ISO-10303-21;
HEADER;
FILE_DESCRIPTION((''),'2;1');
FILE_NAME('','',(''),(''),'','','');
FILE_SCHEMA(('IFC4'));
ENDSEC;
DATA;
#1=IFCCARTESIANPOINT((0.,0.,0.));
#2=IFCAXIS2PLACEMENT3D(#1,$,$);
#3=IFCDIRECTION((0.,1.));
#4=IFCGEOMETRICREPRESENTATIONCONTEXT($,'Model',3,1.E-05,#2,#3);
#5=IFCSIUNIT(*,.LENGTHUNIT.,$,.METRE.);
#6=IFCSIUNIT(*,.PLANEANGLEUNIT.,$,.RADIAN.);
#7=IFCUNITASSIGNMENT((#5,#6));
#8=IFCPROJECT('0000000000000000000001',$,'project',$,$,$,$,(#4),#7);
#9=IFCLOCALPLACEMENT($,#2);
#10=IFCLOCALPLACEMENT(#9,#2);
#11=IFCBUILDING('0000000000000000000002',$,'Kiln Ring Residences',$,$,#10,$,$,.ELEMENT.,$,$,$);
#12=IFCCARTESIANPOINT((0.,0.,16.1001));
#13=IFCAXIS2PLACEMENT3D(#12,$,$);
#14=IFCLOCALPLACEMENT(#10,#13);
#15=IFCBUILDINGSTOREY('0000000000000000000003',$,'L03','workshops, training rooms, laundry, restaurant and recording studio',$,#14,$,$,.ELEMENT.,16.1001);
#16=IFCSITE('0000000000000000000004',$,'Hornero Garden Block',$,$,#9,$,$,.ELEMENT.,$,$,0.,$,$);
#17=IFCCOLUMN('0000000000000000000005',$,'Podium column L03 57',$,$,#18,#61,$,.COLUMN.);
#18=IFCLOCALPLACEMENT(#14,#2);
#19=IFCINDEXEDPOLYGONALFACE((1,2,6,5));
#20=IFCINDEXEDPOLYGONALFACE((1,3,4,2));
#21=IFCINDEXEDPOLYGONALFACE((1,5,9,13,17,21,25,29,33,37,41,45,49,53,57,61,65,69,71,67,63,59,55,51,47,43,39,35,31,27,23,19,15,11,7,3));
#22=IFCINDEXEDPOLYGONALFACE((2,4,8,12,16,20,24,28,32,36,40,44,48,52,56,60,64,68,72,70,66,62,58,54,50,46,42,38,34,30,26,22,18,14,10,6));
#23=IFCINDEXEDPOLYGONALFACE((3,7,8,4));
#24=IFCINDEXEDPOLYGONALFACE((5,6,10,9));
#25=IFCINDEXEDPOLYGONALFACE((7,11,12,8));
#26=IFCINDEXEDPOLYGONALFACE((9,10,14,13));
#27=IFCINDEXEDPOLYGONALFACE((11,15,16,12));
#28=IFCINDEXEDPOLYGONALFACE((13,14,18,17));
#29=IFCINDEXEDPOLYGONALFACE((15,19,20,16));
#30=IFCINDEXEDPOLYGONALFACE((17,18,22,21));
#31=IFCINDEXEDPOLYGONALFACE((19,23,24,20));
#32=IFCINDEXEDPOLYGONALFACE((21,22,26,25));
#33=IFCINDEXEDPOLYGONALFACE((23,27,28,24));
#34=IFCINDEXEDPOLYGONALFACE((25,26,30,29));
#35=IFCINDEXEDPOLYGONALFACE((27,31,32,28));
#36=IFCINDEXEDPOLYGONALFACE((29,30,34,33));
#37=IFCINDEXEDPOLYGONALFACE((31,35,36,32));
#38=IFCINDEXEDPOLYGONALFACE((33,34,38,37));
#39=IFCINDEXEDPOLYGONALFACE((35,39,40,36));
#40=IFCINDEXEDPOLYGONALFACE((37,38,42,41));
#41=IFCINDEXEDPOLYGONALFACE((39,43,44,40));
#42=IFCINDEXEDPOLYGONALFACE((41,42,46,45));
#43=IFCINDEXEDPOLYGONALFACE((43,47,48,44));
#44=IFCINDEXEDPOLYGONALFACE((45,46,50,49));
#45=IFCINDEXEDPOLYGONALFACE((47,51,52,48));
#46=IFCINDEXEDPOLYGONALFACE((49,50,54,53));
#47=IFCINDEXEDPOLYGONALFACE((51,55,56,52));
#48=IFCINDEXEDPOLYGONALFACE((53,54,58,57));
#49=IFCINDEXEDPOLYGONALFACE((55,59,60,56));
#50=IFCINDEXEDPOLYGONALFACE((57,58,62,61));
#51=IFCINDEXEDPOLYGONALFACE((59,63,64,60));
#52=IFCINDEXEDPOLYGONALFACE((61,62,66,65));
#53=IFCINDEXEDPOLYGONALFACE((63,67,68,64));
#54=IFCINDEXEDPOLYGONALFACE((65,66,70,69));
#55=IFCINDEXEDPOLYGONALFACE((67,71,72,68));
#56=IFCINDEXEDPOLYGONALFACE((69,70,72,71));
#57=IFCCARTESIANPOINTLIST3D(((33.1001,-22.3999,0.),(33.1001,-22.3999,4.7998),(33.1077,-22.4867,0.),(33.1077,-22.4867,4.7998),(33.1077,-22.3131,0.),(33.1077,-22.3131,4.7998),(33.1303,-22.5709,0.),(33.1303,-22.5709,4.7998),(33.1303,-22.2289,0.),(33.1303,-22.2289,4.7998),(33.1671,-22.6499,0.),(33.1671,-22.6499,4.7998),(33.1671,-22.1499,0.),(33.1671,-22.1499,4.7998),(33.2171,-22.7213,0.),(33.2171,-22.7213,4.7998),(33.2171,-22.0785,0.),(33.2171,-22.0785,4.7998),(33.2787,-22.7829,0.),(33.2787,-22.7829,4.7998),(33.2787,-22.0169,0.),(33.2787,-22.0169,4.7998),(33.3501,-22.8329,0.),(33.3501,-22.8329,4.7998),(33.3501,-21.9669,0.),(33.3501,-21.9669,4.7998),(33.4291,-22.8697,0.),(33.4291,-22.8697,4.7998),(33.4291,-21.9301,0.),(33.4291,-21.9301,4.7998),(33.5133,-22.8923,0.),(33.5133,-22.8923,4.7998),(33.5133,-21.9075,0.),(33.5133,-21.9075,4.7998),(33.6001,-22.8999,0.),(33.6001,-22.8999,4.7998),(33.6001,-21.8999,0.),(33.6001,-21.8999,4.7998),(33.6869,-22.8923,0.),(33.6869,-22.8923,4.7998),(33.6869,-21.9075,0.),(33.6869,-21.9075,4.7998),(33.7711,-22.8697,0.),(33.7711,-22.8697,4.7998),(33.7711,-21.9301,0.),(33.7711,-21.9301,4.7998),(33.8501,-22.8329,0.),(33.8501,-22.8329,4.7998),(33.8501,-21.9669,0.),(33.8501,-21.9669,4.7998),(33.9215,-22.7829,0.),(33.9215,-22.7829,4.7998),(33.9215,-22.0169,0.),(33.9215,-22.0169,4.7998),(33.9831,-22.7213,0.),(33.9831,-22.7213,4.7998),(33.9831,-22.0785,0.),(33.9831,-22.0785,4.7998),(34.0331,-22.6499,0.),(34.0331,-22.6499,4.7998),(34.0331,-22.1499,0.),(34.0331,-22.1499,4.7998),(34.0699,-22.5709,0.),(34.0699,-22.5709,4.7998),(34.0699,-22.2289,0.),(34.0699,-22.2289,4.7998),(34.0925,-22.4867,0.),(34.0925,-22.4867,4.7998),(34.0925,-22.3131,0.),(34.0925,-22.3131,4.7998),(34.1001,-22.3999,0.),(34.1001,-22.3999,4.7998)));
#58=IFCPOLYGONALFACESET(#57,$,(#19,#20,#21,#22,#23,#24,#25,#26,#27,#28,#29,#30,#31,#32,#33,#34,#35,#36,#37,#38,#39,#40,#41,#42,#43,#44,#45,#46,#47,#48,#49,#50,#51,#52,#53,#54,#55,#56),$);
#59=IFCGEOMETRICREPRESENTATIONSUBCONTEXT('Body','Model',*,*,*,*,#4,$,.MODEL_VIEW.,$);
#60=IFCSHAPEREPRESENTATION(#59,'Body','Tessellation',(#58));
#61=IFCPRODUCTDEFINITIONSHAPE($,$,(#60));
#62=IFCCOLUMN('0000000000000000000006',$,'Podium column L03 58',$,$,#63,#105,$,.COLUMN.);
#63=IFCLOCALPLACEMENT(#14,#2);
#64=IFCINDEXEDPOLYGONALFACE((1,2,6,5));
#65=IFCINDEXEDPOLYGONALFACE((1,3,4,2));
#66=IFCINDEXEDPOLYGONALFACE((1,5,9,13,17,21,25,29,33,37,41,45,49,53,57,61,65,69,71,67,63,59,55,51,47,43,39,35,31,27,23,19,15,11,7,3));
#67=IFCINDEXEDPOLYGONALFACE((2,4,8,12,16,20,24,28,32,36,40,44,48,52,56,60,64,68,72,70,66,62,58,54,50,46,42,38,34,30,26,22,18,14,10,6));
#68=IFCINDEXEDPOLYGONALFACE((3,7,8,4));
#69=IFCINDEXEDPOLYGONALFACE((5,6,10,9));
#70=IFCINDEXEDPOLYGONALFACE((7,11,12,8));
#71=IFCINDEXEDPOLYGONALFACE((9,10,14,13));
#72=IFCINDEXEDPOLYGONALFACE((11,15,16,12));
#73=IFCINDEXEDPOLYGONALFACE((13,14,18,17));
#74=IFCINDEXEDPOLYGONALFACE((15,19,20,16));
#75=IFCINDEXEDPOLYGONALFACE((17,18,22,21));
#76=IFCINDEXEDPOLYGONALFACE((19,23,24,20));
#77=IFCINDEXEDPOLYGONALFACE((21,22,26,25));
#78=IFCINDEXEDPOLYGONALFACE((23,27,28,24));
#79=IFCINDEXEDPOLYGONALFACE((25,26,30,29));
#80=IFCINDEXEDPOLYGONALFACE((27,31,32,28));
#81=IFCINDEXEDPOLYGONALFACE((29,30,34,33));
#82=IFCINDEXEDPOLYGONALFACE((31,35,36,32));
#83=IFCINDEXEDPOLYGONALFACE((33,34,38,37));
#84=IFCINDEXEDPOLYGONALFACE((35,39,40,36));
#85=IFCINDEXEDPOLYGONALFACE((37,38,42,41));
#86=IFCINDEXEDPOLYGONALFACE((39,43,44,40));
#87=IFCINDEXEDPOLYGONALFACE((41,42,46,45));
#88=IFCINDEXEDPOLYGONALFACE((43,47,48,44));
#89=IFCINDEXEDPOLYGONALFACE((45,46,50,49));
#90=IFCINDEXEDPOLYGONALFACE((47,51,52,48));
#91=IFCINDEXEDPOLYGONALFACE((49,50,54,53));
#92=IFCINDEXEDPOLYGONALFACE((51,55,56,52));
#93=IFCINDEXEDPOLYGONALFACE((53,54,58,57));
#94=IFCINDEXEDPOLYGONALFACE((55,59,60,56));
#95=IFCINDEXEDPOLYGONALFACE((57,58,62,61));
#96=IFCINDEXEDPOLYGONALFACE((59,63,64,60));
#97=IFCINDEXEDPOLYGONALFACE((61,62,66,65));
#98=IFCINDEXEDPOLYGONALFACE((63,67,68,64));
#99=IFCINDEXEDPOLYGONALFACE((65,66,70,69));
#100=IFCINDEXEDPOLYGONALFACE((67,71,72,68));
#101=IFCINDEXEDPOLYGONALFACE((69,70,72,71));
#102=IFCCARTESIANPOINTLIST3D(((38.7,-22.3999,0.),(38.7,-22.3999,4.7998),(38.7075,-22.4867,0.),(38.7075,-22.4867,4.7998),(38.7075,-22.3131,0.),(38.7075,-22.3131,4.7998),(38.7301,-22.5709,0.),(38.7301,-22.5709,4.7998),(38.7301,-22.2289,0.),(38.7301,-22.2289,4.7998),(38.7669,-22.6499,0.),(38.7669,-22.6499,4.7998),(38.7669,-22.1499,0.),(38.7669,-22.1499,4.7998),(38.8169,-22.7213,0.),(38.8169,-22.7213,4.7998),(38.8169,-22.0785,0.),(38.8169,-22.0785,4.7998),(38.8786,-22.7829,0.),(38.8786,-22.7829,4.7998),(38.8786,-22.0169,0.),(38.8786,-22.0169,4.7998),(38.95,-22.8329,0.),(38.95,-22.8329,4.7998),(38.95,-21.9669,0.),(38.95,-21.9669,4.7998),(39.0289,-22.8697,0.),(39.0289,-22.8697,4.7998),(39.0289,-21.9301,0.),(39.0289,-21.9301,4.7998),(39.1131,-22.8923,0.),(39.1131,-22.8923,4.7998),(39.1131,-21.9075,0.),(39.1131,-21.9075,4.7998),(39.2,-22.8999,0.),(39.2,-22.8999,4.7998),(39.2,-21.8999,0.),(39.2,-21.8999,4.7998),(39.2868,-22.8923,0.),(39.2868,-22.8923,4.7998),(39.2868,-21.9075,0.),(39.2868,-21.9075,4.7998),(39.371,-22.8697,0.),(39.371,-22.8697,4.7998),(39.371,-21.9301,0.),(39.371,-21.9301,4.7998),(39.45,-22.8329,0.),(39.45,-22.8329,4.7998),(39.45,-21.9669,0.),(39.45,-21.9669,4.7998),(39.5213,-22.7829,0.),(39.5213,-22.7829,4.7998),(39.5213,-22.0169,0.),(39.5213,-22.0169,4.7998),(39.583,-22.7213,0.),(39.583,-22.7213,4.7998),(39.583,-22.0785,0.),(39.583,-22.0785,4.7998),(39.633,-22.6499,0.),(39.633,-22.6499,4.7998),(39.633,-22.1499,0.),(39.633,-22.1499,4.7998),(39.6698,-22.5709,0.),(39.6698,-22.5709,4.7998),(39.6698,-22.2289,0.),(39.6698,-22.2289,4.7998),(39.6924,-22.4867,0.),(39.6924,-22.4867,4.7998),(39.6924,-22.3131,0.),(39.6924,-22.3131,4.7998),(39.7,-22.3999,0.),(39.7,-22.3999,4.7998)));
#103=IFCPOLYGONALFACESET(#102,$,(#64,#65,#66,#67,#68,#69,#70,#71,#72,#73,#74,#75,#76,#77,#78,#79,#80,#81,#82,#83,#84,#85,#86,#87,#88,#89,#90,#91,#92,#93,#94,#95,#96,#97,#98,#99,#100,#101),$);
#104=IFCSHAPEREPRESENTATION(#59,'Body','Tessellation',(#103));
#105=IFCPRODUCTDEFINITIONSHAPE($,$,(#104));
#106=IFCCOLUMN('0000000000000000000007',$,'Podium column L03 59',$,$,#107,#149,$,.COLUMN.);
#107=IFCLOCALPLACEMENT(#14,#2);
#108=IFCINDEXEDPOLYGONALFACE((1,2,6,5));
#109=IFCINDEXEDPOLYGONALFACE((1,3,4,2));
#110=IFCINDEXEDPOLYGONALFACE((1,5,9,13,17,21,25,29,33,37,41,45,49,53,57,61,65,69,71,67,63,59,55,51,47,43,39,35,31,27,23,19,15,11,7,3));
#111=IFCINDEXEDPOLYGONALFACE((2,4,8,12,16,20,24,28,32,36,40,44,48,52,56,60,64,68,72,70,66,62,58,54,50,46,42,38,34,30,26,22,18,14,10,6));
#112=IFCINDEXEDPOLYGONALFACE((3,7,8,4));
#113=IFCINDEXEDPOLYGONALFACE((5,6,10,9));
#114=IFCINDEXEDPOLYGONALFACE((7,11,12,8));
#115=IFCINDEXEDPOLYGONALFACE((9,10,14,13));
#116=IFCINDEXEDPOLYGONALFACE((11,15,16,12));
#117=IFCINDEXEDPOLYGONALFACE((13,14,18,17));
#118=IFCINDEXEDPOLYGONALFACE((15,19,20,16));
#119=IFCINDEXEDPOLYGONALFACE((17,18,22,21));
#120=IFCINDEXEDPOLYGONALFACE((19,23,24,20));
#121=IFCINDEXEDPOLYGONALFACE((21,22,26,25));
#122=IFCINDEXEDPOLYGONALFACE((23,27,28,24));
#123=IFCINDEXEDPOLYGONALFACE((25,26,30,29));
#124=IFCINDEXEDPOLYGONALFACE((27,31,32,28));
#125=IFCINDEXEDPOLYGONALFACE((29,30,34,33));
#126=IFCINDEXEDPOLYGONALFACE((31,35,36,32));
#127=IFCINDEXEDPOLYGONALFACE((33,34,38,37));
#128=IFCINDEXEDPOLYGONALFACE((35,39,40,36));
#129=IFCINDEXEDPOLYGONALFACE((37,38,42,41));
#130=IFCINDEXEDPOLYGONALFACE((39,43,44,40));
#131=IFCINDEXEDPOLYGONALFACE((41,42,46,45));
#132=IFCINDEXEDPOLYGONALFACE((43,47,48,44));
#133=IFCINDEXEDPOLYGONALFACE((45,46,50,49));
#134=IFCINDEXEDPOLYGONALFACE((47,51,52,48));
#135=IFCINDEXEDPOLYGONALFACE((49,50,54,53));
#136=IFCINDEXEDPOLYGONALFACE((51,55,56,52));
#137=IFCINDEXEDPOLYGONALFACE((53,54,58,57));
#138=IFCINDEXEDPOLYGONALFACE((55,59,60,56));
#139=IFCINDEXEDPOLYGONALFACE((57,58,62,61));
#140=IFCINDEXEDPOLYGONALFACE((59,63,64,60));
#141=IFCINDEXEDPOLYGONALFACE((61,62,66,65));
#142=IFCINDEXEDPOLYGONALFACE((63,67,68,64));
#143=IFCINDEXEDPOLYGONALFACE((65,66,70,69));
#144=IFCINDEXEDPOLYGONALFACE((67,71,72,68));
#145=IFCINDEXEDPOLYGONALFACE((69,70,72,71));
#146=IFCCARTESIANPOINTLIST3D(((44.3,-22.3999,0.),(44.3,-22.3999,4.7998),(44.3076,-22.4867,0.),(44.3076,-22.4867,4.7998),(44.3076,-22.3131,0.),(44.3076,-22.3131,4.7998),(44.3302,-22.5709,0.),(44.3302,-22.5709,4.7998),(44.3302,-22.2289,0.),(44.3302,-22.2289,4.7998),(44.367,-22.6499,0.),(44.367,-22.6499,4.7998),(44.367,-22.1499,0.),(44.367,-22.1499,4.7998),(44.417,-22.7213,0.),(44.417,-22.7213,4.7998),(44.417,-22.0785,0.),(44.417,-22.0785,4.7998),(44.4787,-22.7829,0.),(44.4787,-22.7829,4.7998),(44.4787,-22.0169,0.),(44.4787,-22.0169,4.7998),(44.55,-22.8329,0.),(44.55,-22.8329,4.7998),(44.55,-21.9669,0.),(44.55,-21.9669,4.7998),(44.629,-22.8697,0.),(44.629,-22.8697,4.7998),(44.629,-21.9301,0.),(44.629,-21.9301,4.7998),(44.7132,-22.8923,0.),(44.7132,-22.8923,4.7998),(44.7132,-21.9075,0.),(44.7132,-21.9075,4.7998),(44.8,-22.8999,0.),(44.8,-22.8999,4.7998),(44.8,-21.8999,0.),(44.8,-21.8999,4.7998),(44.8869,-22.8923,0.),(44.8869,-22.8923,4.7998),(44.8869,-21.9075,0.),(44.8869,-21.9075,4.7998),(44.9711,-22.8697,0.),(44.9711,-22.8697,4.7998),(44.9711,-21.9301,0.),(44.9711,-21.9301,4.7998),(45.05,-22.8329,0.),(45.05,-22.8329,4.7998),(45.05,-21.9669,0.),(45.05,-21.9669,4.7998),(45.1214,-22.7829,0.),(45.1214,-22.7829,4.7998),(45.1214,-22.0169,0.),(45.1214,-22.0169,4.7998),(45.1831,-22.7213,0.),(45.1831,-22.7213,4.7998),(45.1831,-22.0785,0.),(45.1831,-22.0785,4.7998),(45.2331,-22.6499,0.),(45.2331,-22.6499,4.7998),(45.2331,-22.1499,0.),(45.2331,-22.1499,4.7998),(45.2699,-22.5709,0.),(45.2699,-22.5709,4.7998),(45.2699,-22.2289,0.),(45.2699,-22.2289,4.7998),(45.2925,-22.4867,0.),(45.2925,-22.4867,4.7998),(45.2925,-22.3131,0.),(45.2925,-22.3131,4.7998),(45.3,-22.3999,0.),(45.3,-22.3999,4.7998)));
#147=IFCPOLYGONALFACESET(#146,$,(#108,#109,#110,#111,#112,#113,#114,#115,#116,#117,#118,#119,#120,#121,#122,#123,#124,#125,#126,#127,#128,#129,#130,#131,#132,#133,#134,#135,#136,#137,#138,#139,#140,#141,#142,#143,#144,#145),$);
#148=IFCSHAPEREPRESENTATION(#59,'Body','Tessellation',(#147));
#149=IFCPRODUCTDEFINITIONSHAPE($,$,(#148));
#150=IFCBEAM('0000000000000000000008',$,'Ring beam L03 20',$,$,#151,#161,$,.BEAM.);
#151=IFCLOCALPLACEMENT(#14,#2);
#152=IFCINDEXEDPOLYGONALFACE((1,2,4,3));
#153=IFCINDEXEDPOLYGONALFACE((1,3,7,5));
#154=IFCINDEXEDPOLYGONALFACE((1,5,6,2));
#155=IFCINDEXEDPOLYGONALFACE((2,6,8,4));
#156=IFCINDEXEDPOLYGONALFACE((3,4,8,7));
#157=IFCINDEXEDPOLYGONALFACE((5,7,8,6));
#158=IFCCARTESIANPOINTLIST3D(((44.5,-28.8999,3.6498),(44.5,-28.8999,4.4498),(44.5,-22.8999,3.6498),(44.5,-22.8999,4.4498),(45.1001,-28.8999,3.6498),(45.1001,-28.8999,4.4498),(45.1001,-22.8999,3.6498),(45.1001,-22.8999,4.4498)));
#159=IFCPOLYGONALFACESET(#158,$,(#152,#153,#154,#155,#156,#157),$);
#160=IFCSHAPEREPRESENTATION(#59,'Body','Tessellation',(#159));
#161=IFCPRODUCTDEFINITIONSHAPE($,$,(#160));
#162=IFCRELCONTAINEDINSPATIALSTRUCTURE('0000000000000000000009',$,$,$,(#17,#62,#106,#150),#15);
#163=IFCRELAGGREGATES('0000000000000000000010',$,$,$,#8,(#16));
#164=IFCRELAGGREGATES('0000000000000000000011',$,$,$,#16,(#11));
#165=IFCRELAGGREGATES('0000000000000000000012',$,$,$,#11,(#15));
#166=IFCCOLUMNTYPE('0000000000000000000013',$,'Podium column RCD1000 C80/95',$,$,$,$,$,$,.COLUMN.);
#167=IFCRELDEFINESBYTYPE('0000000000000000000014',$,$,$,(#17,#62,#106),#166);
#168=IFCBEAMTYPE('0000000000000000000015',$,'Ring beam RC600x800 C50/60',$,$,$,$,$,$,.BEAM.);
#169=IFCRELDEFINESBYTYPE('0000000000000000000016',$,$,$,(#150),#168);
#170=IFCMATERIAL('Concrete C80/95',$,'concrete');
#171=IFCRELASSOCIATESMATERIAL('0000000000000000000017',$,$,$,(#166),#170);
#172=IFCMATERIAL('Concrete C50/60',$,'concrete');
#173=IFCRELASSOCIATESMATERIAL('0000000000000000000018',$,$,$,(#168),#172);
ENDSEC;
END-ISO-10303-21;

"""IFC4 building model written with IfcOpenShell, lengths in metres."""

from ifc_helpers import new_model, si_unit, direction, frame, origin, origin_2d, place, context, subcontext, project, spatial, rectangle, circle, extrude, material, material_profile, profile_set, type_object, element, save


model = new_model("IFC4")

# Units and contexts
model_context = context("Model", 3, precision=1e-05, world=origin(), true_north=direction((0.0, 1.0)))
body_context = subcontext(model_context, "Body", "Model", "MODEL_VIEW")
ifc_project = project(units=[si_unit("LENGTHUNIT", "METRE"), si_unit("PLANEANGLEUNIT", "RADIAN")], contexts=[model_context])

# Site, building, storey
site_placement = place(None, origin())
site = spatial("IfcSite", under=ifc_project, at=site_placement, Name="Hornero Garden Block", CompositionType="ELEMENT", RefElevation=0.0)
building_placement = place(site_placement, origin())
building = spatial("IfcBuilding", under=site, at=building_placement, Name="Kiln Ring Residences", CompositionType="ELEMENT")
storey_placement = place(building_placement, frame((0.0, 0.0, 16.1001)))
storey = spatial("IfcBuildingStorey", under=building, at=storey_placement, Name="L03", Description="workshops, training rooms, laundry, restaurant and recording studio", CompositionType="ELEMENT", Elevation=16.1001)

# Columns
ifc_material_1 = material(Name="Concrete C80/95", Category="concrete")
ifc_material_profile_1 = material_profile(ifc_material_1, circle(Radius=0.5, at=origin_2d()), Name="RCD1000")
ifc_profile_set_1 = profile_set([ifc_material_profile_1], Name="Concrete C80/95")
column_type = type_object("IfcColumnType", Name="Podium column RCD1000 C80/95", PredefinedType="COLUMN", material=ifc_profile_set_1)
for number, where, z_axis, x_axis, name in (
    (1, (33.6001, -22.3999, 0.0), (0.0, 0.0, 1.0), (1.0, 0.0, 0.0), "Podium column L03 57"),
    (2, (39.2, -22.3999, 0.0), (0.0, 0.0, 1.0), (1.0, 0.0, 0.0), "Podium column L03 58"),
    (3, (44.8, -22.3999, 0.0), (0.0, 0.0, 1.0), (1.0, 0.0, 0.0), "Podium column L03 59"),
):
    element("IfcColumn", number, at=place(storey_placement, frame(where, z_axis=z_axis, x_axis=x_axis)), inside=storey, type_object=column_type, Name=name, PredefinedType="COLUMN", context=body_context, shape_type="SweptSolid", body=[
        extrude(circle(Radius=0.5, at=origin_2d()), origin(), (0.0, 0.0, 1.0), 4.7998),
    ])

# Beam
ifc_material_2 = material(Name="Concrete C50/60", Category="concrete")
ifc_material_profile_2 = material_profile(ifc_material_2, rectangle(XDim=0.6001, YDim=0.8, at=origin_2d()), Name="RC600x800")
ifc_profile_set_2 = profile_set([ifc_material_profile_2], Name="Concrete C50/60")
beam_type = type_object("IfcBeamType", Name="Ring beam RC600x800 C50/60", PredefinedType="BEAM", material=ifc_profile_set_2)
beam_placement = place(storey_placement, frame((44.8, -22.8999, 4.0498), z_axis=(0.0, -1.0, 0.0), x_axis=(1.0, 0.0, 0.0)))
element("IfcBeam", 4, at=beam_placement, inside=storey, type_object=beam_type, Name="Ring beam L03 20", PredefinedType="BEAM", context=body_context, shape_type="SweptSolid", body=[
    extrude(rectangle(XDim=0.6001, YDim=0.8, at=origin_2d()), origin(), (0.0, 0.0, 1.0), 6.0),
])

save(model, "model.ifc")
